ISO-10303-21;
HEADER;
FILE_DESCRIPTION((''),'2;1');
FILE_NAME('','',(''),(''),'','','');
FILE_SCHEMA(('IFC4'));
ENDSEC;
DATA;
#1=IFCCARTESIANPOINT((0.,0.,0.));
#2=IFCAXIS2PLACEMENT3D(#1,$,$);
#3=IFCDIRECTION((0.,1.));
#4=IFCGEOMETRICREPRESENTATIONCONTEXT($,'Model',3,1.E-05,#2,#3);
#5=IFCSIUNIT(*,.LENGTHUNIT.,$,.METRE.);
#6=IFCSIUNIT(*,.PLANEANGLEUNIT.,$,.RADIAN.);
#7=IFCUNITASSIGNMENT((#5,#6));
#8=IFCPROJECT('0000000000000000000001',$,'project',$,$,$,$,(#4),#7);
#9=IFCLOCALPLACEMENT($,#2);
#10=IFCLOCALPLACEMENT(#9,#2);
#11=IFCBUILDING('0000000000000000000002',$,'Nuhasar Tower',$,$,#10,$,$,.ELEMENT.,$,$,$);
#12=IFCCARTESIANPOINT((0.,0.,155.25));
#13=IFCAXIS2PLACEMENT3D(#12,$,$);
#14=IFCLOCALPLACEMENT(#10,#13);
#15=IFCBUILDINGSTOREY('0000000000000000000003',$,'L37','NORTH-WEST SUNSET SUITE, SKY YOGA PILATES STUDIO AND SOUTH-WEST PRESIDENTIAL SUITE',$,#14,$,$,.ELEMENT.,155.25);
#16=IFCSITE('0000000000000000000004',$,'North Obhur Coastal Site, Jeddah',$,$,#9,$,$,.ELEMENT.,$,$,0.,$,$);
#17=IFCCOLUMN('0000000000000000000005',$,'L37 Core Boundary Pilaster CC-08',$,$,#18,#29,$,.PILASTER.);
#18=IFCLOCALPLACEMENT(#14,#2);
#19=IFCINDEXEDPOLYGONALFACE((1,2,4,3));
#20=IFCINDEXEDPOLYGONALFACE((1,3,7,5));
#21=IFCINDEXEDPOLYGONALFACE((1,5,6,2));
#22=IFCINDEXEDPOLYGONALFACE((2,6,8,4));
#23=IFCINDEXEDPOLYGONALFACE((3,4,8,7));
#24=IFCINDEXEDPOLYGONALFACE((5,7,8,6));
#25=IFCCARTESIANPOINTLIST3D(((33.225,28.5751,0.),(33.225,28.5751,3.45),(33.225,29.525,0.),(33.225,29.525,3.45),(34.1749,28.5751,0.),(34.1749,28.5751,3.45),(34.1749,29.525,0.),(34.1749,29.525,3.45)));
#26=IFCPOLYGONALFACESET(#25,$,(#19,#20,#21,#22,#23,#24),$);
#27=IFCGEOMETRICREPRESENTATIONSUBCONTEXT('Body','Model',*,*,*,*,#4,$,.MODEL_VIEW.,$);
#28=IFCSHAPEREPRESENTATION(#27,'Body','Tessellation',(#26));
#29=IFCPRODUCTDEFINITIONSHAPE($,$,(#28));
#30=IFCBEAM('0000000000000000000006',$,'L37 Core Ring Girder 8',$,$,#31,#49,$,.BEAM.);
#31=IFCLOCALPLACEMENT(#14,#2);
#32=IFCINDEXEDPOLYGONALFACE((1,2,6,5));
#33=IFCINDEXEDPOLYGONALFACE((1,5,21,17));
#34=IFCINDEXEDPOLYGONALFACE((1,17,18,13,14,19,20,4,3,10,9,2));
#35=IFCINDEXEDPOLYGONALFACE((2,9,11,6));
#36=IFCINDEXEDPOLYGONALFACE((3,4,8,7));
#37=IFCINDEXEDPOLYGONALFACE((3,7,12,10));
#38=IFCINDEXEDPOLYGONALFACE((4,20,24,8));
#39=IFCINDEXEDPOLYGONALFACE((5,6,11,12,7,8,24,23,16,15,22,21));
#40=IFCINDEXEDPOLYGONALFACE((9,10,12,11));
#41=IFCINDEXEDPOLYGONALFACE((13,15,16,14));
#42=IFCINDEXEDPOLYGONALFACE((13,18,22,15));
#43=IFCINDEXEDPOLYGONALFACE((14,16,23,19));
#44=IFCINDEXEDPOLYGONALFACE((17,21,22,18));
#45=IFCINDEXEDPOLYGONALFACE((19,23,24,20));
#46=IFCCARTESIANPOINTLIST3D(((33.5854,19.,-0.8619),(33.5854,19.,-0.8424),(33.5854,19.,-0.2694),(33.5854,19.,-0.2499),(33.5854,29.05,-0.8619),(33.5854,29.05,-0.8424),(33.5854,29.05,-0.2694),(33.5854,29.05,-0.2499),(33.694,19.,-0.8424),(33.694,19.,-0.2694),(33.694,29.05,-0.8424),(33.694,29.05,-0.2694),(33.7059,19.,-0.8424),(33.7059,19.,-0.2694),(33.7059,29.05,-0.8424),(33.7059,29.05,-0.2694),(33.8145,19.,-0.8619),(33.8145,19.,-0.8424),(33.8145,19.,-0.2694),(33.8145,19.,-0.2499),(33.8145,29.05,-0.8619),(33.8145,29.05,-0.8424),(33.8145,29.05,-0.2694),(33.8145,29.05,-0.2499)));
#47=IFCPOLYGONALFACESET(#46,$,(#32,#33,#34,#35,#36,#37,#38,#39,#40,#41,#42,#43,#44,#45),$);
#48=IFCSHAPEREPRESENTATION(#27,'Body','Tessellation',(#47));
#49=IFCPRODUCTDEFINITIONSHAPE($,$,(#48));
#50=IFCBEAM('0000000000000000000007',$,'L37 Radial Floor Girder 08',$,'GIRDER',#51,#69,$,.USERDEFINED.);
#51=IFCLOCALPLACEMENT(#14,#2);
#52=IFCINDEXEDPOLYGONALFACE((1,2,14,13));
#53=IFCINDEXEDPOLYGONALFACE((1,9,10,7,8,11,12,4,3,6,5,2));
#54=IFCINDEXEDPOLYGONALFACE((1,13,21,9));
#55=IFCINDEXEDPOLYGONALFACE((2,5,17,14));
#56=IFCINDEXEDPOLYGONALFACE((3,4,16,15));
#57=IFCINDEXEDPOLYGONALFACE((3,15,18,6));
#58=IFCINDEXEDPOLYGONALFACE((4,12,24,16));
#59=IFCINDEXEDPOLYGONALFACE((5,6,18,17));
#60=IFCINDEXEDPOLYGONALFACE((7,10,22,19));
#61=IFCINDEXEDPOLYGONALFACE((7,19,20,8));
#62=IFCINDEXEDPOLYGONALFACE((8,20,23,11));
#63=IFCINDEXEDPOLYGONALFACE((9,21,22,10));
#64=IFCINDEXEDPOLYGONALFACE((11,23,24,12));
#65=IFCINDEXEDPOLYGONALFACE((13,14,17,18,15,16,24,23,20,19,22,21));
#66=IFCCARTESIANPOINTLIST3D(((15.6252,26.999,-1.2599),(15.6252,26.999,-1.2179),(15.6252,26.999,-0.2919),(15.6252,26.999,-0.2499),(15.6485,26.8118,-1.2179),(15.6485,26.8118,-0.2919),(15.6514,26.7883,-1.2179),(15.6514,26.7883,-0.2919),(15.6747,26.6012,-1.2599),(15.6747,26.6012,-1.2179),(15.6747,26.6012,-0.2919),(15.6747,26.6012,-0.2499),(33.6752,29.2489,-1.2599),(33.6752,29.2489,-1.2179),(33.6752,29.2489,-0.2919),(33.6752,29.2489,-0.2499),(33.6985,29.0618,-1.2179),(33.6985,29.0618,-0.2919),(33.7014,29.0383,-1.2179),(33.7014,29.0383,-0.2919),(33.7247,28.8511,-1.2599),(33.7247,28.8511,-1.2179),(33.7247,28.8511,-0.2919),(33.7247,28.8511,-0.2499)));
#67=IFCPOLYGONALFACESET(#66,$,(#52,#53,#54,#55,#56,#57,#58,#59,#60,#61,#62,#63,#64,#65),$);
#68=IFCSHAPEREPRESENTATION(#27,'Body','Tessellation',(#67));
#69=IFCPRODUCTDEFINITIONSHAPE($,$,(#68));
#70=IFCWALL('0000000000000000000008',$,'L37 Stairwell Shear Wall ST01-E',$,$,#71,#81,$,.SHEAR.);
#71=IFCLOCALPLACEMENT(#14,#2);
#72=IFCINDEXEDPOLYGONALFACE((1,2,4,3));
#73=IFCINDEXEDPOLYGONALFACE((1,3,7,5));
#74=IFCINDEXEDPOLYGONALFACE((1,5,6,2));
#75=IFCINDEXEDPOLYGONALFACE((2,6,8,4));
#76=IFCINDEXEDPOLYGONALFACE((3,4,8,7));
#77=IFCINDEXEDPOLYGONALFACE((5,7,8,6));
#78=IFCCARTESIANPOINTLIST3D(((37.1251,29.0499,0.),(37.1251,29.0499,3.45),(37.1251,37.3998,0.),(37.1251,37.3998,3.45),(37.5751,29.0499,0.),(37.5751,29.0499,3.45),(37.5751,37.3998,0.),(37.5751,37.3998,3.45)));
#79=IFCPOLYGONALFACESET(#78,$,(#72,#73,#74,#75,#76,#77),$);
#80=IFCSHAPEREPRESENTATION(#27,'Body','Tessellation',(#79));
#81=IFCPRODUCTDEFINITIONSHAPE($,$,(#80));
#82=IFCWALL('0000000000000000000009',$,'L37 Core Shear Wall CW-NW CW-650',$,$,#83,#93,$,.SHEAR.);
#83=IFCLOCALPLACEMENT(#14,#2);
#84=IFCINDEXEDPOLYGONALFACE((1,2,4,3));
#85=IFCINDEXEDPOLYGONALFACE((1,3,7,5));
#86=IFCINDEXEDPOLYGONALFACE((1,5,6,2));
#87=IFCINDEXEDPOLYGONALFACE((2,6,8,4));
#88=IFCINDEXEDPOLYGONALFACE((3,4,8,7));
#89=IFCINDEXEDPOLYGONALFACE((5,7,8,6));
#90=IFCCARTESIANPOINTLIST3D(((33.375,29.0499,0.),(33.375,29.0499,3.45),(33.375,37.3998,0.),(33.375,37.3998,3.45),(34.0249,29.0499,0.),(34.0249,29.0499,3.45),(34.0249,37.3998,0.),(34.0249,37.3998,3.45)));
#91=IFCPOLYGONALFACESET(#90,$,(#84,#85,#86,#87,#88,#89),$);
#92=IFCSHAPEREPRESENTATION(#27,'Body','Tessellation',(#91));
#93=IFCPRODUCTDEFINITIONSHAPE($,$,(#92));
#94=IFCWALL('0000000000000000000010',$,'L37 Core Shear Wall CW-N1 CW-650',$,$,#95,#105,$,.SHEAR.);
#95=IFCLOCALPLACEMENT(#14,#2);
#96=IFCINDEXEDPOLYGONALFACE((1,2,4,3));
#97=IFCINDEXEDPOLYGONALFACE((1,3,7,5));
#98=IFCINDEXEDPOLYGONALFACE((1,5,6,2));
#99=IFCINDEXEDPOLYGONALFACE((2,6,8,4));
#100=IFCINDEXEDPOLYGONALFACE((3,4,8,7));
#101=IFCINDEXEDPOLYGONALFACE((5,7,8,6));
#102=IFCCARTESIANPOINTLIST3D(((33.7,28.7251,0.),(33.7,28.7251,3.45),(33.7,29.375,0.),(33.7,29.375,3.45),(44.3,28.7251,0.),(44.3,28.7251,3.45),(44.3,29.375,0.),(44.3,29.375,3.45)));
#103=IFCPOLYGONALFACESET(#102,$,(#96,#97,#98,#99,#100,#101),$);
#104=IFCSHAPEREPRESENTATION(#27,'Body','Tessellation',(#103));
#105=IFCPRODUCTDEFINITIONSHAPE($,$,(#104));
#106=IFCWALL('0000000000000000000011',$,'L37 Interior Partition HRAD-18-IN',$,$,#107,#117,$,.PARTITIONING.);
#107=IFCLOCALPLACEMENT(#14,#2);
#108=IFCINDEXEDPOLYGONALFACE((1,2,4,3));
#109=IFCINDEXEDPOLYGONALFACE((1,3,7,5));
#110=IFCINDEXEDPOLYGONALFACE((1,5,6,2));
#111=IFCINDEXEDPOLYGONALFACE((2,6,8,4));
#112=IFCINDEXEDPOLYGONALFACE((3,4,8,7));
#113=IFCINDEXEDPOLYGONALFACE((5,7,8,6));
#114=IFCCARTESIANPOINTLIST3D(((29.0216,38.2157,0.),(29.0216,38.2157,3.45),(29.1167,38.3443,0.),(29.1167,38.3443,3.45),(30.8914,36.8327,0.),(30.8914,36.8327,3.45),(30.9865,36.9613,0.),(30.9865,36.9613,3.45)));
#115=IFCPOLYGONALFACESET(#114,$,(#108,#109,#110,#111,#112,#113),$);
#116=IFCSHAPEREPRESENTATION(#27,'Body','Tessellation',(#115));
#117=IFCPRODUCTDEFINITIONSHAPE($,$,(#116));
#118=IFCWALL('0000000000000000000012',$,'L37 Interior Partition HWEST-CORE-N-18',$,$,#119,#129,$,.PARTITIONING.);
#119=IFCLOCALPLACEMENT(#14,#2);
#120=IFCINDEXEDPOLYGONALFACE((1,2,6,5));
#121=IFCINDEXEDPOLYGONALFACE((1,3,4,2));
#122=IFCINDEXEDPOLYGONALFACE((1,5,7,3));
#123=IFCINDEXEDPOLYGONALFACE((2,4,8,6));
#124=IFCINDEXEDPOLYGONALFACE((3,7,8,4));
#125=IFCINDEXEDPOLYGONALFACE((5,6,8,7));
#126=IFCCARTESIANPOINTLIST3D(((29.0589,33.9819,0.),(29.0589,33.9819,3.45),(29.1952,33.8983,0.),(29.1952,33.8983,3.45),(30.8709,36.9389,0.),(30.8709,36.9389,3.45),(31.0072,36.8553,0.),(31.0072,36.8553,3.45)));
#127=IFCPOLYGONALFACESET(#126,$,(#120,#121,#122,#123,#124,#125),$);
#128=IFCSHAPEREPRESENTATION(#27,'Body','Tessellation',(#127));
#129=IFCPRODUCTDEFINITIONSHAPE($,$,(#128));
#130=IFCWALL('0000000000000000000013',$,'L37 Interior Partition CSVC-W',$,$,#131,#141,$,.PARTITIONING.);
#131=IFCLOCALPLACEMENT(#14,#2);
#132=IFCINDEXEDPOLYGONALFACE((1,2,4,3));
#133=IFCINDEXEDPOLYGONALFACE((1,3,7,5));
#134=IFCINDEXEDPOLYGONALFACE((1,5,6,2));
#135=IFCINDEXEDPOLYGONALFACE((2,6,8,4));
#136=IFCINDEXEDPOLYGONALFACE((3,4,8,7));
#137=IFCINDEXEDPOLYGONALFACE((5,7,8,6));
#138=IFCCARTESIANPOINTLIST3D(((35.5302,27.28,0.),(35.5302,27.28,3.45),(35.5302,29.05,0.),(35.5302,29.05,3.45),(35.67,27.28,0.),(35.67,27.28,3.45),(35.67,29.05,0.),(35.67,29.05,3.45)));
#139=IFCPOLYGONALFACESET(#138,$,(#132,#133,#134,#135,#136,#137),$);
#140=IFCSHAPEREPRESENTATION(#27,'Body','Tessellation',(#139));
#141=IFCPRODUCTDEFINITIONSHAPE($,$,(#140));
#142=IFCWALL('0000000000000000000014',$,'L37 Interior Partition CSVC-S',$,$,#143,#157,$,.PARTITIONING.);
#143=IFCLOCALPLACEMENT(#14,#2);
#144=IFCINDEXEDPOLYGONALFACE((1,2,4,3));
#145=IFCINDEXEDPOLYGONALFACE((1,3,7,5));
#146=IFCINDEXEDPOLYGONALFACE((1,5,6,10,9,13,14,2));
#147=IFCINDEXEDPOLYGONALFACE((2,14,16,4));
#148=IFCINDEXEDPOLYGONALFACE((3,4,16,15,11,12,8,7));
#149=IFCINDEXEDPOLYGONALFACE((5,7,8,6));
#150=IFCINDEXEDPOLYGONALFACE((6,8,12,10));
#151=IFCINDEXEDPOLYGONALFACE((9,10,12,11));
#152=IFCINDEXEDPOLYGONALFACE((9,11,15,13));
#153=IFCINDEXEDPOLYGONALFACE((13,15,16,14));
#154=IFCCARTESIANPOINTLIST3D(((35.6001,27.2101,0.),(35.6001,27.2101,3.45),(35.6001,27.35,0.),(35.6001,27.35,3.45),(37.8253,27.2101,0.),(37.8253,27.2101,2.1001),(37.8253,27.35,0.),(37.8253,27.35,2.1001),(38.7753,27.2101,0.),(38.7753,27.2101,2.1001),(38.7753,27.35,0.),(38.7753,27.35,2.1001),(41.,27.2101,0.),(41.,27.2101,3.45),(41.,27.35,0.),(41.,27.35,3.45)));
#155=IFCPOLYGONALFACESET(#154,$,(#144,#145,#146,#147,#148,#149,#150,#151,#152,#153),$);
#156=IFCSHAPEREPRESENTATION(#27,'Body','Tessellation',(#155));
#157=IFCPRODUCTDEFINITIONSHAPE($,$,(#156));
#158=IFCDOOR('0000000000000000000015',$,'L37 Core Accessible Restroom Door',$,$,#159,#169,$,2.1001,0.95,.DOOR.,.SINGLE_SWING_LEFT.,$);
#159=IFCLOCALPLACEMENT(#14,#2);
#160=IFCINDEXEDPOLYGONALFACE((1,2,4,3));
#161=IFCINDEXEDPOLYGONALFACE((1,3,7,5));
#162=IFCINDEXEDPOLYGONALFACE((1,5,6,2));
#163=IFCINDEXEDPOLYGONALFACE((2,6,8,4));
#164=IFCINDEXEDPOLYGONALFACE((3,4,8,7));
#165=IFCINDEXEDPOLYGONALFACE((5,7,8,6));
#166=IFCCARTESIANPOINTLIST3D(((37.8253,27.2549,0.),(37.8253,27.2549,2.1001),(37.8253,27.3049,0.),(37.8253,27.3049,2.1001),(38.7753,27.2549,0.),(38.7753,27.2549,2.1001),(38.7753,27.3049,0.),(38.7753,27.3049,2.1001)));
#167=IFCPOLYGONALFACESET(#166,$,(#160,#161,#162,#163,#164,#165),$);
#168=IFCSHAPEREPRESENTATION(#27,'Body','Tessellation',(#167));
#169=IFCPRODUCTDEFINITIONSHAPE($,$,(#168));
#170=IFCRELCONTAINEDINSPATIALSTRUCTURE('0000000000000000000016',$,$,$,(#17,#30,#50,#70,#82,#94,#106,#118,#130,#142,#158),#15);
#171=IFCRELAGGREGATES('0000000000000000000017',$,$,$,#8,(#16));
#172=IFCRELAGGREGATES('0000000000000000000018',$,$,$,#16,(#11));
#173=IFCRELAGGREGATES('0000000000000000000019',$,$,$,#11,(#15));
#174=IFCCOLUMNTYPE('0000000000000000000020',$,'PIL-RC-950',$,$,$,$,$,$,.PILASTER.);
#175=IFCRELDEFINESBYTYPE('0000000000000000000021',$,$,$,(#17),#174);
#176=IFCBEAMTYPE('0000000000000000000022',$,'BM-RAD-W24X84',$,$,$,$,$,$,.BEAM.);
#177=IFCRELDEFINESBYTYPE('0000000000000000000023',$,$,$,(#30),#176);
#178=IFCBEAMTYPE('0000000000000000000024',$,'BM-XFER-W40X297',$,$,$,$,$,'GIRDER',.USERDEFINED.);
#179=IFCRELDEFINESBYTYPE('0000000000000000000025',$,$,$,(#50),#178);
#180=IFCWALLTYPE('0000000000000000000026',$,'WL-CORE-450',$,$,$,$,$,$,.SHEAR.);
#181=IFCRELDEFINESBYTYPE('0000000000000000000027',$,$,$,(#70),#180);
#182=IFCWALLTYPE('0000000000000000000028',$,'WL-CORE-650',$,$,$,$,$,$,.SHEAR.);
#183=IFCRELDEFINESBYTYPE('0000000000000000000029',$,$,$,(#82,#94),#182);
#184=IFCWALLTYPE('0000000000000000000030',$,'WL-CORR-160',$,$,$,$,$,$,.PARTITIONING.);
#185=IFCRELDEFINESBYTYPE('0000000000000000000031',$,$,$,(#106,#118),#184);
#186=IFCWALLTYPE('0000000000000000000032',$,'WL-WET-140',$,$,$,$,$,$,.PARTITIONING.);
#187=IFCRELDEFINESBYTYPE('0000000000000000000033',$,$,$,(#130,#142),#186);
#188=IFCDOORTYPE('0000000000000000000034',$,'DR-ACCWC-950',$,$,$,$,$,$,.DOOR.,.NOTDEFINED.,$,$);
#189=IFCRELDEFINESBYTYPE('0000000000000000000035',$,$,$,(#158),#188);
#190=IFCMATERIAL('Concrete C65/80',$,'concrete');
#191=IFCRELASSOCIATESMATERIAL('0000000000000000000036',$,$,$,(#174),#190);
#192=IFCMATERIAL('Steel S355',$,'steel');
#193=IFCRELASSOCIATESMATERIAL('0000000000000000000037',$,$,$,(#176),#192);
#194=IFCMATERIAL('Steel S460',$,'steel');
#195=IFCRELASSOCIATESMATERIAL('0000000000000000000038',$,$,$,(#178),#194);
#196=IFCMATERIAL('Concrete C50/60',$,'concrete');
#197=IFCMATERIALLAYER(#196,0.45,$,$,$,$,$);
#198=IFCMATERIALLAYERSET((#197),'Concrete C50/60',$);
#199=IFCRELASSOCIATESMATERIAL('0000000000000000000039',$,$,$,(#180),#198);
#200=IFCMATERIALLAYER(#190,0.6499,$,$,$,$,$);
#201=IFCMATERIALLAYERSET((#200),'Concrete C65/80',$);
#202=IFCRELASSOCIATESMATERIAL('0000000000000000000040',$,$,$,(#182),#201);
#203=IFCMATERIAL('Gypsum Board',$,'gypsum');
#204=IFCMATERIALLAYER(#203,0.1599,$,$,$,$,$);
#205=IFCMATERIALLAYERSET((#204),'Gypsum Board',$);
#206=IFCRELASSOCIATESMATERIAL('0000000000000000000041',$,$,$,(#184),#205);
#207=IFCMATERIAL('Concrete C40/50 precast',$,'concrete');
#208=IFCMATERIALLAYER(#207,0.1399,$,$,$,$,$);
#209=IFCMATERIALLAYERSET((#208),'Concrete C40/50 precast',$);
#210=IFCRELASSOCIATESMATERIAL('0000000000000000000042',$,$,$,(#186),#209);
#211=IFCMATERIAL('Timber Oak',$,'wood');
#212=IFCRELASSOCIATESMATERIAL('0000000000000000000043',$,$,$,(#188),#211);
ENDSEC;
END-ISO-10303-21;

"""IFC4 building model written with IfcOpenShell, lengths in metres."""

from ifc_helpers import new_model, si_unit, direction, frame, frame_2d, origin, origin_2d, place, context, subcontext, project, spatial, rectangle, i_section, extrude, material, layer, layer_set, material_profile, profile_set, type_object, element, fill, save


model = new_model("IFC4")

# Units and contexts
model_context = context("Model", 3, precision=1e-05, world=origin(), true_north=direction((0.0, 1.0)))
body_context = subcontext(model_context, "Body", "Model", "MODEL_VIEW")
ifc_project = project(units=[si_unit("LENGTHUNIT", "METRE"), si_unit("PLANEANGLEUNIT", "RADIAN")], contexts=[model_context])

# Site, building, storey
site_placement = place(None, origin())
site = spatial("IfcSite", under=ifc_project, at=site_placement, Name="North Obhur Coastal Site, Jeddah", CompositionType="ELEMENT", RefElevation=0.0)
building_placement = place(site_placement, origin())
building = spatial("IfcBuilding", under=site, at=building_placement, Name="Nuhasar Tower", CompositionType="ELEMENT")
storey_placement = place(building_placement, frame((0.0, 0.0, 155.25)))
storey = spatial("IfcBuildingStorey", under=building, at=storey_placement, Name="L37", Description="NORTH-WEST SUNSET SUITE, SKY YOGA PILATES STUDIO AND SOUTH-WEST PRESIDENTIAL SUITE", CompositionType="ELEMENT", Elevation=155.25)

# Column
ifc_material_1 = material(Name="Concrete C65/80", Category="concrete")
ifc_material_profile_1 = material_profile(ifc_material_1, rectangle(XDim=0.95, YDim=0.95, at=origin_2d()), Name="RC950X950")
ifc_profile_set_1 = profile_set([ifc_material_profile_1], Name="Concrete C65/80")
column_type = type_object("IfcColumnType", Name="PIL-RC-950", PredefinedType="PILASTER", material=ifc_profile_set_1)
column_placement = place(storey_placement, frame((33.7, 29.05, 0.0), z_axis=(0.0, 0.0, 1.0), x_axis=(1.0, 0.0, 0.0)))
element("IfcColumn", 1, at=column_placement, inside=storey, type_object=column_type, Name="L37 Core Boundary Pilaster CC-08", PredefinedType="PILASTER", context=body_context, shape_type="SweptSolid", body=[
    extrude(rectangle(XDim=0.95, YDim=0.95, at=origin_2d()), origin(), (0.0, 0.0, 1.0), 3.45),
])

# Beams
ifc_material_2 = material(Name="Steel S355", Category="steel")
ifc_material_profile_2 = material_profile(ifc_material_2, i_section(OverallWidth=0.229, OverallDepth=0.6121, WebThickness=0.012, FlangeThickness=0.0195, at=origin_2d()), Name="W24X84")
ifc_profile_set_2 = profile_set([ifc_material_profile_2], Name="Steel S355")
beam_type_1 = type_object("IfcBeamType", Name="BM-RAD-W24X84", PredefinedType="BEAM", material=ifc_profile_set_2)
beam_1_placement = place(storey_placement, frame((33.7, 29.05, -0.5559), z_axis=(0.0, -1.0, 0.0), x_axis=(1.0, 0.0, 0.0)))
element("IfcBeam", 2, at=beam_1_placement, inside=storey, type_object=beam_type_1, Name="L37 Core Ring Girder 8", PredefinedType="BEAM", context=body_context, shape_type="SweptSolid", body=[
    extrude(i_section(OverallWidth=0.229, OverallDepth=0.6121, WebThickness=0.012, FlangeThickness=0.0195, at=origin_2d()), origin(), (0.0, 0.0, 1.0), 10.05),
])
ifc_material_3 = material(Name="Steel S460", Category="steel")
ifc_material_profile_3 = material_profile(ifc_material_3, i_section(OverallWidth=0.4009, OverallDepth=1.01, WebThickness=0.0237, FlangeThickness=0.042, at=origin_2d()), Name="W40X297")
ifc_profile_set_3 = profile_set([ifc_material_profile_3], Name="Steel S460")
beam_type_2 = type_object("IfcBeamType", Name="BM-XFER-W40X297", ElementType="GIRDER", PredefinedType="USERDEFINED", material=ifc_profile_set_3)
beam_2_placement = place(storey_placement, frame((33.7, 29.05, -0.7549), z_axis=(-0.99232, -0.123696, 0.0), x_axis=(0.123696, -0.99232, 0.0)))
element("IfcBeam", 3, at=beam_2_placement, inside=storey, type_object=beam_type_2, Name="L37 Radial Floor Girder 08", ObjectType="GIRDER", PredefinedType="USERDEFINED", context=body_context, shape_type="SweptSolid", body=[
    extrude(i_section(OverallWidth=0.4009, OverallDepth=1.01, WebThickness=0.0237, FlangeThickness=0.042, at=origin_2d()), origin(), (0.0, 0.0, 1.0), 18.1897),
])

# Walls
ifc_material_4 = material(Name="Concrete C50/60", Category="concrete")
ifc_layer_1 = layer(ifc_material_4, 0.45)
ifc_layer_set_1 = layer_set([ifc_layer_1], Name="Concrete C50/60")
wall_type_1 = type_object("IfcWallType", Name="WL-CORE-450", PredefinedType="SHEAR", material=ifc_layer_set_1)
wall_1_placement = place(storey_placement, frame((37.3501, 29.05, 0.0), z_axis=(0.0, 0.0, 1.0), x_axis=(0.0, 1.0, 0.0)))
element("IfcWall", 4, at=wall_1_placement, inside=storey, type_object=wall_type_1, Name="L37 Stairwell Shear Wall ST01-E", PredefinedType="SHEAR", context=body_context, shape_type="SweptSolid", body=[
    extrude(rectangle(XDim=8.3499, YDim=0.45, at=frame_2d((4.1748, 0.0))), origin(), (0.0, 0.0, 1.0), 3.45),
])
ifc_layer_2 = layer(ifc_material_1, 0.6499)
ifc_layer_set_2 = layer_set([ifc_layer_2], Name="Concrete C65/80")
wall_type_2 = type_object("IfcWallType", Name="WL-CORE-650", PredefinedType="SHEAR", material=ifc_layer_set_2)
wall_2_placement = place(storey_placement, frame((33.7, 29.05, 0.0), z_axis=(0.0, 0.0, 1.0), x_axis=(0.0, 1.0, 0.0)))
element("IfcWall", 5, at=wall_2_placement, inside=storey, type_object=wall_type_2, Name="L37 Core Shear Wall CW-NW CW-650", PredefinedType="SHEAR", context=body_context, shape_type="SweptSolid", body=[
    extrude(rectangle(XDim=8.3499, YDim=0.6499, at=frame_2d((4.1748, 0.0))), origin(), (0.0, 0.0, 1.0), 3.45),
])
wall_3_placement = place(storey_placement, frame((33.7, 29.05, 0.0), z_axis=(0.0, 0.0, 1.0), x_axis=(1.0, 0.0, 0.0)))
element("IfcWall", 6, at=wall_3_placement, inside=storey, type_object=wall_type_2, Name="L37 Core Shear Wall CW-N1 CW-650", PredefinedType="SHEAR", context=body_context, shape_type="SweptSolid", body=[
    extrude(rectangle(XDim=10.6001, YDim=0.6499, at=frame_2d((5.3, 0.0))), origin(), (0.0, 0.0, 1.0), 3.45),
])
ifc_material_5 = material(Name="Gypsum Board", Category="gypsum")
ifc_layer_3 = layer(ifc_material_5, 0.1599)
ifc_layer_set_3 = layer_set([ifc_layer_3], Name="Gypsum Board")
wall_type_3 = type_object("IfcWallType", Name="WL-CORR-160", PredefinedType="PARTITIONING", material=ifc_layer_set_3)
wall_4_placement = place(storey_placement, frame((30.939, 36.897, 0.0), z_axis=(0.0, 0.0, 1.0), x_axis=(-0.803975, 0.594663, 0.0)))
element("IfcWall", 7, at=wall_4_placement, inside=storey, type_object=wall_type_3, Name="L37 Interior Partition HRAD-18-IN", PredefinedType="PARTITIONING", context=body_context, shape_type="SweptSolid", body=[
    extrude(rectangle(XDim=2.3257, YDim=0.1599, at=frame_2d((1.1628, 0.0))), origin(), (0.0, 0.0, 1.0), 3.45),
])
wall_5_placement = place(storey_placement, frame((30.939, 36.897, 0.0), z_axis=(0.0, 0.0, 1.0), x_axis=(-0.522486, -0.852648, 0.0)))
element("IfcWall", 8, at=wall_5_placement, inside=storey, type_object=wall_type_3, Name="L37 Interior Partition HWEST-CORE-N-18", PredefinedType="PARTITIONING", context=body_context, shape_type="SweptSolid", body=[
    extrude(rectangle(XDim=3.468, YDim=0.1599, at=frame_2d((1.7339, 0.0))), origin(), (0.0, 0.0, 1.0), 3.45),
])
ifc_material_6 = material(Name="Concrete C40/50 precast", Category="concrete")
ifc_layer_4 = layer(ifc_material_6, 0.1399)
ifc_layer_set_4 = layer_set([ifc_layer_4], Name="Concrete C40/50 precast")
wall_type_4 = type_object("IfcWallType", Name="WL-WET-140", PredefinedType="PARTITIONING", material=ifc_layer_set_4)
wall_6_placement = place(storey_placement, frame((35.6001, 27.28, 0.0), z_axis=(0.0, 0.0, 1.0), x_axis=(0.0, 1.0, 0.0)))
element("IfcWall", 9, at=wall_6_placement, inside=storey, type_object=wall_type_4, Name="L37 Interior Partition CSVC-W", PredefinedType="PARTITIONING", context=body_context, shape_type="SweptSolid", body=[
    extrude(rectangle(XDim=1.77, YDim=0.1399, at=frame_2d((0.885, 0.0))), origin(), (0.0, 0.0, 1.0), 3.45),
])

# Wall, opening, door
wall_7_placement = place(storey_placement, frame((35.6001, 27.28, 0.0), z_axis=(0.0, 0.0, 1.0), x_axis=(1.0, 0.0, 0.0)))
wall_7 = element("IfcWall", 10, at=wall_7_placement, inside=storey, type_object=wall_type_4, Name="L37 Interior Partition CSVC-S", PredefinedType="PARTITIONING", context=body_context, shape_type="SweptSolid", body=[
    extrude(rectangle(XDim=5.3999, YDim=0.1399, at=frame_2d((2.7, 0.0))), origin(), (0.0, 0.0, 1.0), 3.45),
])
opening_1_placement = place(wall_7_placement, frame((2.2251, 0.0, 0.0)))
opening_1 = element("IfcOpeningElement", 11, at=opening_1_placement, cuts=wall_7, PredefinedType="OPENING", context=body_context, shape_type="SweptSolid", body=[
    extrude(rectangle(XDim=0.95, YDim=2.1001, at=frame_2d((0.4751, 1.05))), frame((0.0, 0.0801, 0.0), z_axis=(0.0, -1.0, 0.0), x_axis=(1.0, 0.0, 0.0)), (0.0, 0.0, 1.0), 0.1599),
])
ifc_material_7 = material(Name="Timber Oak", Category="wood")
door_type_1 = type_object("IfcDoorType", Name="DR-ACCWC-950", OperationType="NOTDEFINED", PredefinedType="DOOR", material=ifc_material_7)
door_1_placement = place(opening_1_placement, origin())
door_1 = element("IfcDoor", 12, at=door_1_placement, inside=storey, type_object=door_type_1, Name="L37 Core Accessible Restroom Door", OperationType="SINGLE_SWING_LEFT", OverallHeight=2.1001, OverallWidth=0.95, PredefinedType="DOOR", context=body_context, shape_type="SweptSolid", body=[
    extrude(rectangle(XDim=0.95, YDim=2.1001, at=frame_2d((0.4751, 1.05))), frame((0.0, 0.0249, 0.0), z_axis=(0.0, -1.0, 0.0), x_axis=(1.0, 0.0, 0.0)), (0.0, 0.0, 1.0), 0.05),
])
fill(opening_1, door_1)

save(model, "model.ifc")
